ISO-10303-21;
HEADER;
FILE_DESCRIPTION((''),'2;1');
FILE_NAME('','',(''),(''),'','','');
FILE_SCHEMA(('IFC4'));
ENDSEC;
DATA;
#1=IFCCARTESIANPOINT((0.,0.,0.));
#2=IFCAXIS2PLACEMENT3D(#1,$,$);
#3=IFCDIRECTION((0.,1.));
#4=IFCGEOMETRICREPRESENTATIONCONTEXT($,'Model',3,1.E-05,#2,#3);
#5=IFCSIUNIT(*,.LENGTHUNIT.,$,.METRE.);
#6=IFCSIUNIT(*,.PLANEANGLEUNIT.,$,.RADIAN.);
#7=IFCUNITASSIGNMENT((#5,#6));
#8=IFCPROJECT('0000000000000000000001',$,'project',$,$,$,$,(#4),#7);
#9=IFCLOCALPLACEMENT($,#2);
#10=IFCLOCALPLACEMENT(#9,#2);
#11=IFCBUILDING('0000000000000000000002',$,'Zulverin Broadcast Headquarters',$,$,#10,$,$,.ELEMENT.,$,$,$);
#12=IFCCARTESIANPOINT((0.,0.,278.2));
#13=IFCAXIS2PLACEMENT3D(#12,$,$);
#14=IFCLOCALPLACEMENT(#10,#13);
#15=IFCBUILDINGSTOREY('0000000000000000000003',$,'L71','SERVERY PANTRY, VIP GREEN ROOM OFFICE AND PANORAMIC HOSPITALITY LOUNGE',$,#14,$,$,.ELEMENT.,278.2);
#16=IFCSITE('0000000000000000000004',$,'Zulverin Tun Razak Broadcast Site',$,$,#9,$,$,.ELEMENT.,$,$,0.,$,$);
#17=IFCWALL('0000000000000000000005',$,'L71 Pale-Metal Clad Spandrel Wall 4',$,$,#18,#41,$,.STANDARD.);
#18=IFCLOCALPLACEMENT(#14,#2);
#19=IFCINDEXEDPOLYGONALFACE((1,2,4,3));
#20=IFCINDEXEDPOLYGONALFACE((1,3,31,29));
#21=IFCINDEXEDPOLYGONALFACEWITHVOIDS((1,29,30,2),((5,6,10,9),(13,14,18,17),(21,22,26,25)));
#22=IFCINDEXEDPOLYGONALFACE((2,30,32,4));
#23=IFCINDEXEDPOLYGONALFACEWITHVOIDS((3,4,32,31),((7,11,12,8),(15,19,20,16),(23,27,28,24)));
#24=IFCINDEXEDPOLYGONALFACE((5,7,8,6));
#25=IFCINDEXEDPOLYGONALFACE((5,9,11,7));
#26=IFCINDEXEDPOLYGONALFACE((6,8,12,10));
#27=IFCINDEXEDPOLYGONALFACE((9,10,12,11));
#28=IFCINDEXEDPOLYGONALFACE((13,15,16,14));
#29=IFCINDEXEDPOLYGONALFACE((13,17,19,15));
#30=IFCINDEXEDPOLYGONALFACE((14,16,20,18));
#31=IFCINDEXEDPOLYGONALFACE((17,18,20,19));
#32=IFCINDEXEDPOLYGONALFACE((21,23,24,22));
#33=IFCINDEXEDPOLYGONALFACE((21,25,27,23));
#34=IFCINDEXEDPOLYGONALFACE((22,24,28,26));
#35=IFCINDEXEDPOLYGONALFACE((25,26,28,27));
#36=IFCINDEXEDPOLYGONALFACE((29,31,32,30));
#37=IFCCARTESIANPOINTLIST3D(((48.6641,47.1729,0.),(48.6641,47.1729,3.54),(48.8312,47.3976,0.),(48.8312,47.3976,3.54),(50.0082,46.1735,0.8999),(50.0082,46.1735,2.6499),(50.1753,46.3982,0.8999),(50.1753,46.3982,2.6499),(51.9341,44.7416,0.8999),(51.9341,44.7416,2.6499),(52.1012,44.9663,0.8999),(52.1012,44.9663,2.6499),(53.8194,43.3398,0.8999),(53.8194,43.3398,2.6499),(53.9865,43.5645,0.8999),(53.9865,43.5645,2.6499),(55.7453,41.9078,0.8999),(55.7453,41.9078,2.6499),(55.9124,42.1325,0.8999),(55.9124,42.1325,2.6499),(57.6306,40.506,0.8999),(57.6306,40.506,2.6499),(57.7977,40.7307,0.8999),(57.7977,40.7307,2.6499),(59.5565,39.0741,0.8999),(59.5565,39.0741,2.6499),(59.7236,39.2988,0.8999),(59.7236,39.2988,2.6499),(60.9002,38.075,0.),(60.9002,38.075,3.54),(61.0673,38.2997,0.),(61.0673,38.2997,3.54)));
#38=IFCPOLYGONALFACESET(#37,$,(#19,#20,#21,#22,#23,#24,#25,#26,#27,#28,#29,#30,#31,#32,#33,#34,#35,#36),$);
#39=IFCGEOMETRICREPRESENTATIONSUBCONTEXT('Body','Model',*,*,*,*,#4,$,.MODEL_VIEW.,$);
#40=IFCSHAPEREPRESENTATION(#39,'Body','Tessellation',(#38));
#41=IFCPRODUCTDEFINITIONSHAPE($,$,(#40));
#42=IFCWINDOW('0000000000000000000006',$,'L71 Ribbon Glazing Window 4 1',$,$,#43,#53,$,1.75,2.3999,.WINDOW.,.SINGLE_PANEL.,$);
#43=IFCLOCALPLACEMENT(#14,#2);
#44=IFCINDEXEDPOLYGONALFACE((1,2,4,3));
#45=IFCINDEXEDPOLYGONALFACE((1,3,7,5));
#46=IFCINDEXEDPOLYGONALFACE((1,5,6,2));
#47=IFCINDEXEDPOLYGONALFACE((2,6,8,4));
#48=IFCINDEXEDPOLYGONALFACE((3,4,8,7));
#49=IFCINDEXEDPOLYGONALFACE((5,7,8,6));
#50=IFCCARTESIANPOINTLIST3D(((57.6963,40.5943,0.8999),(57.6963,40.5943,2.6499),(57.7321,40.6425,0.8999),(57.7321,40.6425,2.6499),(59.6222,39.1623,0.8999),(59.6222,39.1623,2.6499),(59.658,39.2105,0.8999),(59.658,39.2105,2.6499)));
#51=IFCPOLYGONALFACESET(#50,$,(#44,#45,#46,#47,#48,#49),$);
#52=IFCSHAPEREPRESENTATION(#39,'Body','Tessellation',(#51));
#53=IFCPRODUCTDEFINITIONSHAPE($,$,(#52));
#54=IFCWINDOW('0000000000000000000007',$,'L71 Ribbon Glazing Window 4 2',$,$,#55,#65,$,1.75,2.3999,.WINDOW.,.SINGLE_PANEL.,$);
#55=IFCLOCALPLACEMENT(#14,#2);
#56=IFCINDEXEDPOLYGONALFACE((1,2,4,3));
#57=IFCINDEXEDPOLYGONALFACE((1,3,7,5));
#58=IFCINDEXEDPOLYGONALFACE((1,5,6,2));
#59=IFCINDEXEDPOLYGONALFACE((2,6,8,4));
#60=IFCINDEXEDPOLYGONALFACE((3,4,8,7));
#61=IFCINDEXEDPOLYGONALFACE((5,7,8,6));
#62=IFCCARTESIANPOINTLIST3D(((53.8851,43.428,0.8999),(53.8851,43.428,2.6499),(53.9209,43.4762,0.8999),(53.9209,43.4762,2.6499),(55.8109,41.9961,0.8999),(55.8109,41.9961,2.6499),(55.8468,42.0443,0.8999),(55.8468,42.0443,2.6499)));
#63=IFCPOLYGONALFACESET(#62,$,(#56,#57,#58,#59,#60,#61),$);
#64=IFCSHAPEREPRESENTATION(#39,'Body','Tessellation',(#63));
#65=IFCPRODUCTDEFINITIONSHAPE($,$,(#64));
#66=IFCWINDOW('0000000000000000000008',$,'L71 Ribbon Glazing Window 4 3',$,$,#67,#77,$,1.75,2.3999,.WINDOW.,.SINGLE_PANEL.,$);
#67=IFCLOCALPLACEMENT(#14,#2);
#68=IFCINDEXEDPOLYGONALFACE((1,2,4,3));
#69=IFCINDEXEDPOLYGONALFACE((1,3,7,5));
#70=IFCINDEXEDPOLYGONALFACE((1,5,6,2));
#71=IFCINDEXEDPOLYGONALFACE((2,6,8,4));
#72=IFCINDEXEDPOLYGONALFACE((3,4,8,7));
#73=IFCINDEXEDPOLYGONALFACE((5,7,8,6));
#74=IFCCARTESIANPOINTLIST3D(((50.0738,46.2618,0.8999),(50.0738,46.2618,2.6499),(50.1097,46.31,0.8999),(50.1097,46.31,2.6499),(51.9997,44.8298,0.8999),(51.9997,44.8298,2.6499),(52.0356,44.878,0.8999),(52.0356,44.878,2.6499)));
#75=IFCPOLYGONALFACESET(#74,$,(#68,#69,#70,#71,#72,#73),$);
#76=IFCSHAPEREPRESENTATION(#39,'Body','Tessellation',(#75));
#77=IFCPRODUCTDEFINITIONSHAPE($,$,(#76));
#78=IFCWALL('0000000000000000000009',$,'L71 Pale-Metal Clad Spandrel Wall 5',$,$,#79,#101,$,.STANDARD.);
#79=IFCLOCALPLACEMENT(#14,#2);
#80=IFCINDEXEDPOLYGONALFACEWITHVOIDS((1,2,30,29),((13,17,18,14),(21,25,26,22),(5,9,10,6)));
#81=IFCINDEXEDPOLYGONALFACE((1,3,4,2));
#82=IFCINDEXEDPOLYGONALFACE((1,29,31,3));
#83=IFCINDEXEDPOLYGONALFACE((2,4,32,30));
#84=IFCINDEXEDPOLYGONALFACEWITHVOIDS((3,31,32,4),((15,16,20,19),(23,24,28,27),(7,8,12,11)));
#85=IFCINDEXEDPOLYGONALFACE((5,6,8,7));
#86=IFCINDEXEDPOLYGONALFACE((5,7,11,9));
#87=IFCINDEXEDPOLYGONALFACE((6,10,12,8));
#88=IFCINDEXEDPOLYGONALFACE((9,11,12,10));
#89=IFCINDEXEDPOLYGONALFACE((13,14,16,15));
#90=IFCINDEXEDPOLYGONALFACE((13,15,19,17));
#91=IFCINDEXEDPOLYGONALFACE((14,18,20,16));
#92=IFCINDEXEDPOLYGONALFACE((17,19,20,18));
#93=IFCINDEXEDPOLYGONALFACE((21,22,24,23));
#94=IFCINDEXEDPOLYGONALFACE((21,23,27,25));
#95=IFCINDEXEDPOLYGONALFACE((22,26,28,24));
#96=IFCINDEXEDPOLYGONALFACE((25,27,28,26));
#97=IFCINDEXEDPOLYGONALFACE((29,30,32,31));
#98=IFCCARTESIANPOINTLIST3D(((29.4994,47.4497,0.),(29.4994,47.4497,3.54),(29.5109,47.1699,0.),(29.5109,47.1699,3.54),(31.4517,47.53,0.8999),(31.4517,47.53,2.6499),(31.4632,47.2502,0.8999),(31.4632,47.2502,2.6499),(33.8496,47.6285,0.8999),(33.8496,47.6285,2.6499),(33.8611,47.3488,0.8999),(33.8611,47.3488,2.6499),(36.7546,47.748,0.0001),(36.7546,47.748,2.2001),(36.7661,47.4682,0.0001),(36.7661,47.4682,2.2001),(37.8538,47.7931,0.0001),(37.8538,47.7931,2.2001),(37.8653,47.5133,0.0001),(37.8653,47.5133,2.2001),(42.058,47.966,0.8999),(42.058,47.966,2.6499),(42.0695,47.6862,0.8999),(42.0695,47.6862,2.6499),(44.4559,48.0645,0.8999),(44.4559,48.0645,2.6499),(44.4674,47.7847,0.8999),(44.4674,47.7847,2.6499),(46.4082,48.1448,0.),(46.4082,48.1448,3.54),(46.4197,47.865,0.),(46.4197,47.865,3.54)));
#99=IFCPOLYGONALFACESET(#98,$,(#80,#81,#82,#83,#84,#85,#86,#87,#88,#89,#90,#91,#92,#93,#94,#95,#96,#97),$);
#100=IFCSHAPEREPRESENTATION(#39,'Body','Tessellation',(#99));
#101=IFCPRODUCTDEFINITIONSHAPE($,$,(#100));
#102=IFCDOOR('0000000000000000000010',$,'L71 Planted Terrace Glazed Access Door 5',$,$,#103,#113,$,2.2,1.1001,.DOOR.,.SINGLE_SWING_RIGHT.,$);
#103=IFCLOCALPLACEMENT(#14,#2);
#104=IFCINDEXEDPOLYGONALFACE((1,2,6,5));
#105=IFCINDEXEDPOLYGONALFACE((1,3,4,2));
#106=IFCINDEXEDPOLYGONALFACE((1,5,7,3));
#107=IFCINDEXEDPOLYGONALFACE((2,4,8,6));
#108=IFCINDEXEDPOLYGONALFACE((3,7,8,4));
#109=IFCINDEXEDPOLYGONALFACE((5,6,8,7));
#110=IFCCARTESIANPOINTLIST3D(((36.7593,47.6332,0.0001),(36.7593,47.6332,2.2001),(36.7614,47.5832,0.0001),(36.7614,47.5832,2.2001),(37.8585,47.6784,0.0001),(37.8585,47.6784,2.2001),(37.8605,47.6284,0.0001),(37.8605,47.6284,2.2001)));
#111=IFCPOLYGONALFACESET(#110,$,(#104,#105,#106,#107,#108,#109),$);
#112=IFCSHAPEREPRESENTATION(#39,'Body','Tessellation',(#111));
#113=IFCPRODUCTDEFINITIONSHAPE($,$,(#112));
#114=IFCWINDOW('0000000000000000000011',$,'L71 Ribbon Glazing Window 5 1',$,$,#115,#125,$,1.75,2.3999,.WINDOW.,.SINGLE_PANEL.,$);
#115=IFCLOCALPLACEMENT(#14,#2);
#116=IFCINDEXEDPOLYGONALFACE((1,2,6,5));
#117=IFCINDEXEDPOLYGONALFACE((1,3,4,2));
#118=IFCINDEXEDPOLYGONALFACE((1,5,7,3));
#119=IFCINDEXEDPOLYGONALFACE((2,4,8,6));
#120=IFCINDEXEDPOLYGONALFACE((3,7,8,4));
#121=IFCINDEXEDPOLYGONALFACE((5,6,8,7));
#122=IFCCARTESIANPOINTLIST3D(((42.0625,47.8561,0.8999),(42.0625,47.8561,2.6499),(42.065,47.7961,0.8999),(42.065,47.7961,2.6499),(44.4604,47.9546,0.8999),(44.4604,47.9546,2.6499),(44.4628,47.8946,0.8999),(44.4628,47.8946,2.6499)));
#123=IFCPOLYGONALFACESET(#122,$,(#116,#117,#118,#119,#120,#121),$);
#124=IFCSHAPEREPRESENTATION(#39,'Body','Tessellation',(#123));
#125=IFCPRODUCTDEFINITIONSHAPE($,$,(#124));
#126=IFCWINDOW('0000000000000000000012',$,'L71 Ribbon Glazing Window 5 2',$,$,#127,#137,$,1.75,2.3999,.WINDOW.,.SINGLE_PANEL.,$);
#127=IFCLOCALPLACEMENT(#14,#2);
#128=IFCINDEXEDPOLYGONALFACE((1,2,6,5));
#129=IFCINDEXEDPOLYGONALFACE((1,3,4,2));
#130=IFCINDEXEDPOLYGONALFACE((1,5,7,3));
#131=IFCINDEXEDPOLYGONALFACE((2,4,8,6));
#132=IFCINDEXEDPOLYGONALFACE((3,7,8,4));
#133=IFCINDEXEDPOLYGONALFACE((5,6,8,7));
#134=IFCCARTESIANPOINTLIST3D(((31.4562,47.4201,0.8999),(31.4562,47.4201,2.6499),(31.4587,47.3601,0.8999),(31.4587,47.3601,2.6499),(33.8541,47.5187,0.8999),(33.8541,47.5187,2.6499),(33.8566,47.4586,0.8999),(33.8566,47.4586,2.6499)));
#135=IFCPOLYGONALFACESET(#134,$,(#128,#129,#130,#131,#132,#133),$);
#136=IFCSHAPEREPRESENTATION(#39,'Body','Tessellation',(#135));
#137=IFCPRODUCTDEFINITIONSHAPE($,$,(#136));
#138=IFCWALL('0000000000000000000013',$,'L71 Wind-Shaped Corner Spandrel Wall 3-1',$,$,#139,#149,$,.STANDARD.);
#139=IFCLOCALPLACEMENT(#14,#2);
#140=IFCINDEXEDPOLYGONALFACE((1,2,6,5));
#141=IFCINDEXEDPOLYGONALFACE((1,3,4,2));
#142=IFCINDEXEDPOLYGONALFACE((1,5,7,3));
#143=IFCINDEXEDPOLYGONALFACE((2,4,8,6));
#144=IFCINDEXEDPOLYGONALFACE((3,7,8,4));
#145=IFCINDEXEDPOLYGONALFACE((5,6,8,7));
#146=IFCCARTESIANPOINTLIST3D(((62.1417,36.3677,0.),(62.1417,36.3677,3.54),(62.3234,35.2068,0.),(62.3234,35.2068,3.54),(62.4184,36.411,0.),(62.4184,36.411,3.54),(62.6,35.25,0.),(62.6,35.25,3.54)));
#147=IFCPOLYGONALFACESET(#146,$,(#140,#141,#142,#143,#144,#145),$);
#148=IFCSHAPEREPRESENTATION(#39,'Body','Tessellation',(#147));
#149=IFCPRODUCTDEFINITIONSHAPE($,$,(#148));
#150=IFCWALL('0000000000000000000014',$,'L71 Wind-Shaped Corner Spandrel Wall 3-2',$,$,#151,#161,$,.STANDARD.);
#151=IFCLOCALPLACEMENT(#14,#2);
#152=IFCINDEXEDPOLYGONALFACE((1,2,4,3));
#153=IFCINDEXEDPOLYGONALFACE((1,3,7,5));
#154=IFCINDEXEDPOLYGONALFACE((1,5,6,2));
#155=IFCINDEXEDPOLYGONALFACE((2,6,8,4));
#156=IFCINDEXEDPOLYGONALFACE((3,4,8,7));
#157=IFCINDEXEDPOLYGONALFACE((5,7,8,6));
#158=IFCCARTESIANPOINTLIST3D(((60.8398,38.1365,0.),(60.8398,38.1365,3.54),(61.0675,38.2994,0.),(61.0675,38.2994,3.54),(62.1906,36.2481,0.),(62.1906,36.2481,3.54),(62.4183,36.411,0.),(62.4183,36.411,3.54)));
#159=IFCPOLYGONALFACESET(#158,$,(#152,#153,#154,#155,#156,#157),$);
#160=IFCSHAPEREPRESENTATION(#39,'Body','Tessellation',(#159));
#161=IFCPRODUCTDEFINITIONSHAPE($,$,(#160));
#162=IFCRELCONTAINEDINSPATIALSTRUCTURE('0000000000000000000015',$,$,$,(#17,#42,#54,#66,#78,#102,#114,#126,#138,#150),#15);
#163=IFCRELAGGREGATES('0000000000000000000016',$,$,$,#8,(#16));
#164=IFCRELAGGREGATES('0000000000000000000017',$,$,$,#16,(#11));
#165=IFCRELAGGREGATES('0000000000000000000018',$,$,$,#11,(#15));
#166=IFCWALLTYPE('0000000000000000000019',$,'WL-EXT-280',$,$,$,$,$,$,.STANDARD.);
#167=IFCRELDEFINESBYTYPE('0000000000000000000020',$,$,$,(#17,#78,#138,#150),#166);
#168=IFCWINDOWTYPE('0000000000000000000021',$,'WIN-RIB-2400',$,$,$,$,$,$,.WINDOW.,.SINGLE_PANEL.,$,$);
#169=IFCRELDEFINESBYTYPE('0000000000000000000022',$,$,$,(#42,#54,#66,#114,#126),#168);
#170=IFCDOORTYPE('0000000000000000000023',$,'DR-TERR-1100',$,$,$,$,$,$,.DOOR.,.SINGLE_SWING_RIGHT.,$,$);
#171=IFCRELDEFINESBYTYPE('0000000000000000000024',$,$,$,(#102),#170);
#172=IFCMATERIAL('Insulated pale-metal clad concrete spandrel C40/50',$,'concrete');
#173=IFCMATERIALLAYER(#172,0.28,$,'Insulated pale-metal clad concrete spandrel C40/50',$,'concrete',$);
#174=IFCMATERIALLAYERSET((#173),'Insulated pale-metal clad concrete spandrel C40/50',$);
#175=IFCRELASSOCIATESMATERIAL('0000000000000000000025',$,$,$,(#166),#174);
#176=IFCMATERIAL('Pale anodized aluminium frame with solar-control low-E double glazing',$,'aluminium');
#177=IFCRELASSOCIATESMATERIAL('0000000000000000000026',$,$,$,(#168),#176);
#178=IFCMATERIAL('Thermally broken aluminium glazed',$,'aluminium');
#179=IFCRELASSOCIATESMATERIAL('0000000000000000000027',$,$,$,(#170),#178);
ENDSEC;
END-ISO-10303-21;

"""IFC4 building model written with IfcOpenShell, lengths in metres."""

from ifc_helpers import new_model, si_unit, direction, frame, frame_2d, origin, place, context, subcontext, project, spatial, rectangle, extrude, material, layer, layer_set, type_object, element, fill, save


model = new_model("IFC4")

# Units and contexts
model_context = context("Model", 3, precision=1e-05, world=origin(), true_north=direction((0.0, 1.0)))
body_context = subcontext(model_context, "Body", "Model", "MODEL_VIEW")
ifc_project = project(units=[si_unit("LENGTHUNIT", "METRE"), si_unit("PLANEANGLEUNIT", "RADIAN")], contexts=[model_context])

# Site, building, storey
site_placement = place(None, origin())
site = spatial("IfcSite", under=ifc_project, at=site_placement, Name="Zulverin Tun Razak Broadcast Site", CompositionType="ELEMENT", RefElevation=0.0)
building_placement = place(site_placement, origin())
building = spatial("IfcBuilding", under=site, at=building_placement, Name="Zulverin Broadcast Headquarters", CompositionType="ELEMENT")
storey_placement = place(building_placement, frame((0.0, 0.0, 278.2)))
storey = spatial("IfcBuildingStorey", under=building, at=storey_placement, Name="L71", Description="SERVERY PANTRY, VIP GREEN ROOM OFFICE AND PANORAMIC HOSPITALITY LOUNGE", CompositionType="ELEMENT", Elevation=278.2)

# Wall, openings, windows
ifc_material_1 = material(Name="Insulated pale-metal clad concrete spandrel C40/50", Category="concrete")
ifc_layer_1 = layer(ifc_material_1, 0.28, Name="Insulated pale-metal clad concrete spandrel C40/50", Category="concrete")
ifc_layer_set_1 = layer_set([ifc_layer_1], Name="Insulated pale-metal clad concrete spandrel C40/50")
wall_type = type_object("IfcWallType", Name="WL-EXT-280", PredefinedType="STANDARD", material=ifc_layer_set_1)
wall_1_placement = place(storey_placement, frame((60.9839, 38.1873, 0.0), z_axis=(0.0, 0.0, 1.0), x_axis=(-0.802485, 0.596672, 0.0)))
wall_1 = element("IfcWall", 1, at=wall_1_placement, inside=storey, type_object=wall_type, Name="L71 Pale-Metal Clad Spandrel Wall 4", PredefinedType="STANDARD", context=body_context, shape_type="SweptSolid", body=[
    extrude(rectangle(XDim=15.2478, YDim=0.28, at=frame_2d((7.624, 0.0))), origin(), (0.0, 0.0, 1.0), 3.54),
])
opening_1_placement = place(wall_1_placement, frame((1.6746, 0.0, 0.8999)))
opening_1 = element("IfcOpeningElement", 2, at=opening_1_placement, cuts=wall_1, PredefinedType="OPENING", context=body_context, shape_type="SweptSolid", body=[
    extrude(rectangle(XDim=2.3999, YDim=1.75, at=frame_2d((1.2, 0.875))), frame((0.0, 0.1499, 0.0), z_axis=(0.0, -1.0, 0.0), x_axis=(1.0, 0.0, 0.0)), (0.0, 0.0, 1.0), 0.3),
])
opening_2_placement = place(wall_1_placement, frame((6.4238, 0.0, 0.8999)))
opening_2 = element("IfcOpeningElement", 3, at=opening_2_placement, cuts=wall_1, PredefinedType="OPENING", context=body_context, shape_type="SweptSolid", body=[
    extrude(rectangle(XDim=2.3999, YDim=1.75, at=frame_2d((1.2, 0.875))), frame((0.0, 0.1499, 0.0), z_axis=(0.0, -1.0, 0.0), x_axis=(1.0, 0.0, 0.0)), (0.0, 0.0, 1.0), 0.3),
])
opening_3_placement = place(wall_1_placement, frame((11.1731, 0.0, 0.8999)))
opening_3 = element("IfcOpeningElement", 4, at=opening_3_placement, cuts=wall_1, PredefinedType="OPENING", context=body_context, shape_type="SweptSolid", body=[
    extrude(rectangle(XDim=2.3999, YDim=1.75, at=frame_2d((1.2, 0.875))), frame((0.0, 0.1499, 0.0), z_axis=(0.0, -1.0, 0.0), x_axis=(1.0, 0.0, 0.0)), (0.0, 0.0, 1.0), 0.3),
])
ifc_material_2 = material(Name="Pale anodized aluminium frame with solar-control low-E double glazing", Category="aluminium")
window_type = type_object("IfcWindowType", Name="WIN-RIB-2400", PartitioningType="SINGLE_PANEL", PredefinedType="WINDOW", material=ifc_material_2)
window_1_placement = place(opening_1_placement, origin())
window_1 = element("IfcWindow", 5, at=window_1_placement, inside=storey, type_object=window_type, Name="L71 Ribbon Glazing Window 4 1", OverallHeight=1.75, OverallWidth=2.3999, PartitioningType="SINGLE_PANEL", PredefinedType="WINDOW", context=body_context, shape_type="SweptSolid", body=[
    extrude(rectangle(XDim=2.3999, YDim=1.75, at=frame_2d((1.2, 0.875))), frame((0.0, 0.03, 0.0), z_axis=(0.0, -1.0, 0.0), x_axis=(1.0, 0.0, 0.0)), (0.0, 0.0, 1.0), 0.0601),
])
fill(opening_1, window_1)
window_2_placement = place(opening_2_placement, origin())
window_2 = element("IfcWindow", 6, at=window_2_placement, inside=storey, type_object=window_type, Name="L71 Ribbon Glazing Window 4 2", OverallHeight=1.75, OverallWidth=2.3999, PartitioningType="SINGLE_PANEL", PredefinedType="WINDOW", context=body_context, shape_type="SweptSolid", body=[
    extrude(rectangle(XDim=2.3999, YDim=1.75, at=frame_2d((1.2, 0.875))), frame((0.0, 0.03, 0.0), z_axis=(0.0, -1.0, 0.0), x_axis=(1.0, 0.0, 0.0)), (0.0, 0.0, 1.0), 0.0601),
])
fill(opening_2, window_2)
window_3_placement = place(opening_3_placement, origin())
window_3 = element("IfcWindow", 7, at=window_3_placement, inside=storey, type_object=window_type, Name="L71 Ribbon Glazing Window 4 3", OverallHeight=1.75, OverallWidth=2.3999, PartitioningType="SINGLE_PANEL", PredefinedType="WINDOW", context=body_context, shape_type="SweptSolid", body=[
    extrude(rectangle(XDim=2.3999, YDim=1.75, at=frame_2d((1.2, 0.875))), frame((0.0, 0.03, 0.0), z_axis=(0.0, -1.0, 0.0), x_axis=(1.0, 0.0, 0.0)), (0.0, 0.0, 1.0), 0.0601),
])
fill(opening_3, window_3)

# Wall, openings, door, windows
wall_2_placement = place(storey_placement, frame((46.4138, 48.0049, 0.0), z_axis=(0.0, 0.0, 1.0), x_axis=(-0.999156, -0.041072, 0.0)))
wall_2 = element("IfcWall", 8, at=wall_2_placement, inside=storey, type_object=wall_type, Name="L71 Pale-Metal Clad Spandrel Wall 5", PredefinedType="STANDARD", context=body_context, shape_type="SweptSolid", body=[
    extrude(rectangle(XDim=16.9231, YDim=0.28, at=frame_2d((8.4614, 0.0))), origin(), (0.0, 0.0, 1.0), 3.54),
])
opening_4_placement = place(wall_2_placement, frame((8.5615, 0.0, 0.0)))
opening_4 = element("IfcOpeningElement", 9, at=opening_4_placement, cuts=wall_2, PredefinedType="OPENING", context=body_context, shape_type="SweptSolid", body=[
    extrude(rectangle(XDim=1.1001, YDim=2.2, at=frame_2d((0.55, 1.1001))), frame((0.0, 0.1499, 0.0), z_axis=(0.0, -1.0, 0.0), x_axis=(1.0, 0.0, 0.0)), (0.0, 0.0, 1.0), 0.3),
])
opening_5_placement = place(wall_2_placement, frame((1.9539, 0.0, 0.8999)))
opening_5 = element("IfcOpeningElement", 10, at=opening_5_placement, cuts=wall_2, PredefinedType="OPENING", context=body_context, shape_type="SweptSolid", body=[
    extrude(rectangle(XDim=2.3999, YDim=1.75, at=frame_2d((1.2, 0.875))), frame((0.0, 0.1499, 0.0), z_axis=(0.0, -1.0, 0.0), x_axis=(1.0, 0.0, 0.0)), (0.0, 0.0, 1.0), 0.3),
])
opening_6_placement = place(wall_2_placement, frame((12.5691, 0.0, 0.8999)))
opening_6 = element("IfcOpeningElement", 11, at=opening_6_placement, cuts=wall_2, PredefinedType="OPENING", context=body_context, shape_type="SweptSolid", body=[
    extrude(rectangle(XDim=2.3999, YDim=1.75, at=frame_2d((1.2, 0.875))), frame((0.0, 0.1499, 0.0), z_axis=(0.0, -1.0, 0.0), x_axis=(1.0, 0.0, 0.0)), (0.0, 0.0, 1.0), 0.3),
])
ifc_material_3 = material(Name="Thermally broken aluminium glazed", Category="aluminium")
door_type = type_object("IfcDoorType", Name="DR-TERR-1100", OperationType="SINGLE_SWING_RIGHT", PredefinedType="DOOR", material=ifc_material_3)
door_placement = place(opening_4_placement, origin())
door = element("IfcDoor", 12, at=door_placement, inside=storey, type_object=door_type, Name="L71 Planted Terrace Glazed Access Door 5", OperationType="SINGLE_SWING_RIGHT", OverallHeight=2.2, OverallWidth=1.1001, PredefinedType="DOOR", context=body_context, shape_type="SweptSolid", body=[
    extrude(rectangle(XDim=1.1001, YDim=2.2, at=frame_2d((0.55, 1.1001))), frame((0.0, 0.0249, 0.0), z_axis=(0.0, -1.0, 0.0), x_axis=(1.0, 0.0, 0.0)), (0.0, 0.0, 1.0), 0.05),
])
fill(opening_4, door)
window_4_placement = place(opening_5_placement, origin())
window_4 = element("IfcWindow", 13, at=window_4_placement, inside=storey, type_object=window_type, Name="L71 Ribbon Glazing Window 5 1", OverallHeight=1.75, OverallWidth=2.3999, PartitioningType="SINGLE_PANEL", PredefinedType="WINDOW", context=body_context, shape_type="SweptSolid", body=[
    extrude(rectangle(XDim=2.3999, YDim=1.75, at=frame_2d((1.2, 0.875))), frame((0.0, 0.03, 0.0), z_axis=(0.0, -1.0, 0.0), x_axis=(1.0, 0.0, 0.0)), (0.0, 0.0, 1.0), 0.0601),
])
fill(opening_5, window_4)
window_5_placement = place(opening_6_placement, origin())
window_5 = element("IfcWindow", 14, at=window_5_placement, inside=storey, type_object=window_type, Name="L71 Ribbon Glazing Window 5 2", OverallHeight=1.75, OverallWidth=2.3999, PartitioningType="SINGLE_PANEL", PredefinedType="WINDOW", context=body_context, shape_type="SweptSolid", body=[
    extrude(rectangle(XDim=2.3999, YDim=1.75, at=frame_2d((1.2, 0.875))), frame((0.0, 0.03, 0.0), z_axis=(0.0, -1.0, 0.0), x_axis=(1.0, 0.0, 0.0)), (0.0, 0.0, 1.0), 0.0601),
])
fill(opening_6, window_5)

# Walls
wall_3_placement = place(storey_placement, frame((62.4617, 35.2285, 0.0), z_axis=(0.0, 0.0, 1.0), x_axis=(-0.154586, 0.987979, 0.0)))
element("IfcWall", 15, at=wall_3_placement, inside=storey, type_object=wall_type, Name="L71 Wind-Shaped Corner Spandrel Wall 3-1", PredefinedType="STANDARD", context=body_context, shape_type="SweptSolid", body=[
    extrude(rectangle(XDim=1.175, YDim=0.28, at=frame_2d((0.5874, 0.0))), origin(), (0.0, 0.0, 1.0), 3.54),
])
wall_4_placement = place(storey_placement, frame((62.3044, 36.3296, 0.0), z_axis=(0.0, 0.0, 1.0), x_axis=(-0.581795, 0.813335, 0.0)))
element("IfcWall", 16, at=wall_4_placement, inside=storey, type_object=wall_type, Name="L71 Wind-Shaped Corner Spandrel Wall 3-2", PredefinedType="STANDARD", context=body_context, shape_type="SweptSolid", body=[
    extrude(rectangle(XDim=2.3218, YDim=0.28, at=frame_2d((1.1609, 0.0))), origin(), (0.0, 0.0, 1.0), 3.54),
])

save(model, "model.ifc")
